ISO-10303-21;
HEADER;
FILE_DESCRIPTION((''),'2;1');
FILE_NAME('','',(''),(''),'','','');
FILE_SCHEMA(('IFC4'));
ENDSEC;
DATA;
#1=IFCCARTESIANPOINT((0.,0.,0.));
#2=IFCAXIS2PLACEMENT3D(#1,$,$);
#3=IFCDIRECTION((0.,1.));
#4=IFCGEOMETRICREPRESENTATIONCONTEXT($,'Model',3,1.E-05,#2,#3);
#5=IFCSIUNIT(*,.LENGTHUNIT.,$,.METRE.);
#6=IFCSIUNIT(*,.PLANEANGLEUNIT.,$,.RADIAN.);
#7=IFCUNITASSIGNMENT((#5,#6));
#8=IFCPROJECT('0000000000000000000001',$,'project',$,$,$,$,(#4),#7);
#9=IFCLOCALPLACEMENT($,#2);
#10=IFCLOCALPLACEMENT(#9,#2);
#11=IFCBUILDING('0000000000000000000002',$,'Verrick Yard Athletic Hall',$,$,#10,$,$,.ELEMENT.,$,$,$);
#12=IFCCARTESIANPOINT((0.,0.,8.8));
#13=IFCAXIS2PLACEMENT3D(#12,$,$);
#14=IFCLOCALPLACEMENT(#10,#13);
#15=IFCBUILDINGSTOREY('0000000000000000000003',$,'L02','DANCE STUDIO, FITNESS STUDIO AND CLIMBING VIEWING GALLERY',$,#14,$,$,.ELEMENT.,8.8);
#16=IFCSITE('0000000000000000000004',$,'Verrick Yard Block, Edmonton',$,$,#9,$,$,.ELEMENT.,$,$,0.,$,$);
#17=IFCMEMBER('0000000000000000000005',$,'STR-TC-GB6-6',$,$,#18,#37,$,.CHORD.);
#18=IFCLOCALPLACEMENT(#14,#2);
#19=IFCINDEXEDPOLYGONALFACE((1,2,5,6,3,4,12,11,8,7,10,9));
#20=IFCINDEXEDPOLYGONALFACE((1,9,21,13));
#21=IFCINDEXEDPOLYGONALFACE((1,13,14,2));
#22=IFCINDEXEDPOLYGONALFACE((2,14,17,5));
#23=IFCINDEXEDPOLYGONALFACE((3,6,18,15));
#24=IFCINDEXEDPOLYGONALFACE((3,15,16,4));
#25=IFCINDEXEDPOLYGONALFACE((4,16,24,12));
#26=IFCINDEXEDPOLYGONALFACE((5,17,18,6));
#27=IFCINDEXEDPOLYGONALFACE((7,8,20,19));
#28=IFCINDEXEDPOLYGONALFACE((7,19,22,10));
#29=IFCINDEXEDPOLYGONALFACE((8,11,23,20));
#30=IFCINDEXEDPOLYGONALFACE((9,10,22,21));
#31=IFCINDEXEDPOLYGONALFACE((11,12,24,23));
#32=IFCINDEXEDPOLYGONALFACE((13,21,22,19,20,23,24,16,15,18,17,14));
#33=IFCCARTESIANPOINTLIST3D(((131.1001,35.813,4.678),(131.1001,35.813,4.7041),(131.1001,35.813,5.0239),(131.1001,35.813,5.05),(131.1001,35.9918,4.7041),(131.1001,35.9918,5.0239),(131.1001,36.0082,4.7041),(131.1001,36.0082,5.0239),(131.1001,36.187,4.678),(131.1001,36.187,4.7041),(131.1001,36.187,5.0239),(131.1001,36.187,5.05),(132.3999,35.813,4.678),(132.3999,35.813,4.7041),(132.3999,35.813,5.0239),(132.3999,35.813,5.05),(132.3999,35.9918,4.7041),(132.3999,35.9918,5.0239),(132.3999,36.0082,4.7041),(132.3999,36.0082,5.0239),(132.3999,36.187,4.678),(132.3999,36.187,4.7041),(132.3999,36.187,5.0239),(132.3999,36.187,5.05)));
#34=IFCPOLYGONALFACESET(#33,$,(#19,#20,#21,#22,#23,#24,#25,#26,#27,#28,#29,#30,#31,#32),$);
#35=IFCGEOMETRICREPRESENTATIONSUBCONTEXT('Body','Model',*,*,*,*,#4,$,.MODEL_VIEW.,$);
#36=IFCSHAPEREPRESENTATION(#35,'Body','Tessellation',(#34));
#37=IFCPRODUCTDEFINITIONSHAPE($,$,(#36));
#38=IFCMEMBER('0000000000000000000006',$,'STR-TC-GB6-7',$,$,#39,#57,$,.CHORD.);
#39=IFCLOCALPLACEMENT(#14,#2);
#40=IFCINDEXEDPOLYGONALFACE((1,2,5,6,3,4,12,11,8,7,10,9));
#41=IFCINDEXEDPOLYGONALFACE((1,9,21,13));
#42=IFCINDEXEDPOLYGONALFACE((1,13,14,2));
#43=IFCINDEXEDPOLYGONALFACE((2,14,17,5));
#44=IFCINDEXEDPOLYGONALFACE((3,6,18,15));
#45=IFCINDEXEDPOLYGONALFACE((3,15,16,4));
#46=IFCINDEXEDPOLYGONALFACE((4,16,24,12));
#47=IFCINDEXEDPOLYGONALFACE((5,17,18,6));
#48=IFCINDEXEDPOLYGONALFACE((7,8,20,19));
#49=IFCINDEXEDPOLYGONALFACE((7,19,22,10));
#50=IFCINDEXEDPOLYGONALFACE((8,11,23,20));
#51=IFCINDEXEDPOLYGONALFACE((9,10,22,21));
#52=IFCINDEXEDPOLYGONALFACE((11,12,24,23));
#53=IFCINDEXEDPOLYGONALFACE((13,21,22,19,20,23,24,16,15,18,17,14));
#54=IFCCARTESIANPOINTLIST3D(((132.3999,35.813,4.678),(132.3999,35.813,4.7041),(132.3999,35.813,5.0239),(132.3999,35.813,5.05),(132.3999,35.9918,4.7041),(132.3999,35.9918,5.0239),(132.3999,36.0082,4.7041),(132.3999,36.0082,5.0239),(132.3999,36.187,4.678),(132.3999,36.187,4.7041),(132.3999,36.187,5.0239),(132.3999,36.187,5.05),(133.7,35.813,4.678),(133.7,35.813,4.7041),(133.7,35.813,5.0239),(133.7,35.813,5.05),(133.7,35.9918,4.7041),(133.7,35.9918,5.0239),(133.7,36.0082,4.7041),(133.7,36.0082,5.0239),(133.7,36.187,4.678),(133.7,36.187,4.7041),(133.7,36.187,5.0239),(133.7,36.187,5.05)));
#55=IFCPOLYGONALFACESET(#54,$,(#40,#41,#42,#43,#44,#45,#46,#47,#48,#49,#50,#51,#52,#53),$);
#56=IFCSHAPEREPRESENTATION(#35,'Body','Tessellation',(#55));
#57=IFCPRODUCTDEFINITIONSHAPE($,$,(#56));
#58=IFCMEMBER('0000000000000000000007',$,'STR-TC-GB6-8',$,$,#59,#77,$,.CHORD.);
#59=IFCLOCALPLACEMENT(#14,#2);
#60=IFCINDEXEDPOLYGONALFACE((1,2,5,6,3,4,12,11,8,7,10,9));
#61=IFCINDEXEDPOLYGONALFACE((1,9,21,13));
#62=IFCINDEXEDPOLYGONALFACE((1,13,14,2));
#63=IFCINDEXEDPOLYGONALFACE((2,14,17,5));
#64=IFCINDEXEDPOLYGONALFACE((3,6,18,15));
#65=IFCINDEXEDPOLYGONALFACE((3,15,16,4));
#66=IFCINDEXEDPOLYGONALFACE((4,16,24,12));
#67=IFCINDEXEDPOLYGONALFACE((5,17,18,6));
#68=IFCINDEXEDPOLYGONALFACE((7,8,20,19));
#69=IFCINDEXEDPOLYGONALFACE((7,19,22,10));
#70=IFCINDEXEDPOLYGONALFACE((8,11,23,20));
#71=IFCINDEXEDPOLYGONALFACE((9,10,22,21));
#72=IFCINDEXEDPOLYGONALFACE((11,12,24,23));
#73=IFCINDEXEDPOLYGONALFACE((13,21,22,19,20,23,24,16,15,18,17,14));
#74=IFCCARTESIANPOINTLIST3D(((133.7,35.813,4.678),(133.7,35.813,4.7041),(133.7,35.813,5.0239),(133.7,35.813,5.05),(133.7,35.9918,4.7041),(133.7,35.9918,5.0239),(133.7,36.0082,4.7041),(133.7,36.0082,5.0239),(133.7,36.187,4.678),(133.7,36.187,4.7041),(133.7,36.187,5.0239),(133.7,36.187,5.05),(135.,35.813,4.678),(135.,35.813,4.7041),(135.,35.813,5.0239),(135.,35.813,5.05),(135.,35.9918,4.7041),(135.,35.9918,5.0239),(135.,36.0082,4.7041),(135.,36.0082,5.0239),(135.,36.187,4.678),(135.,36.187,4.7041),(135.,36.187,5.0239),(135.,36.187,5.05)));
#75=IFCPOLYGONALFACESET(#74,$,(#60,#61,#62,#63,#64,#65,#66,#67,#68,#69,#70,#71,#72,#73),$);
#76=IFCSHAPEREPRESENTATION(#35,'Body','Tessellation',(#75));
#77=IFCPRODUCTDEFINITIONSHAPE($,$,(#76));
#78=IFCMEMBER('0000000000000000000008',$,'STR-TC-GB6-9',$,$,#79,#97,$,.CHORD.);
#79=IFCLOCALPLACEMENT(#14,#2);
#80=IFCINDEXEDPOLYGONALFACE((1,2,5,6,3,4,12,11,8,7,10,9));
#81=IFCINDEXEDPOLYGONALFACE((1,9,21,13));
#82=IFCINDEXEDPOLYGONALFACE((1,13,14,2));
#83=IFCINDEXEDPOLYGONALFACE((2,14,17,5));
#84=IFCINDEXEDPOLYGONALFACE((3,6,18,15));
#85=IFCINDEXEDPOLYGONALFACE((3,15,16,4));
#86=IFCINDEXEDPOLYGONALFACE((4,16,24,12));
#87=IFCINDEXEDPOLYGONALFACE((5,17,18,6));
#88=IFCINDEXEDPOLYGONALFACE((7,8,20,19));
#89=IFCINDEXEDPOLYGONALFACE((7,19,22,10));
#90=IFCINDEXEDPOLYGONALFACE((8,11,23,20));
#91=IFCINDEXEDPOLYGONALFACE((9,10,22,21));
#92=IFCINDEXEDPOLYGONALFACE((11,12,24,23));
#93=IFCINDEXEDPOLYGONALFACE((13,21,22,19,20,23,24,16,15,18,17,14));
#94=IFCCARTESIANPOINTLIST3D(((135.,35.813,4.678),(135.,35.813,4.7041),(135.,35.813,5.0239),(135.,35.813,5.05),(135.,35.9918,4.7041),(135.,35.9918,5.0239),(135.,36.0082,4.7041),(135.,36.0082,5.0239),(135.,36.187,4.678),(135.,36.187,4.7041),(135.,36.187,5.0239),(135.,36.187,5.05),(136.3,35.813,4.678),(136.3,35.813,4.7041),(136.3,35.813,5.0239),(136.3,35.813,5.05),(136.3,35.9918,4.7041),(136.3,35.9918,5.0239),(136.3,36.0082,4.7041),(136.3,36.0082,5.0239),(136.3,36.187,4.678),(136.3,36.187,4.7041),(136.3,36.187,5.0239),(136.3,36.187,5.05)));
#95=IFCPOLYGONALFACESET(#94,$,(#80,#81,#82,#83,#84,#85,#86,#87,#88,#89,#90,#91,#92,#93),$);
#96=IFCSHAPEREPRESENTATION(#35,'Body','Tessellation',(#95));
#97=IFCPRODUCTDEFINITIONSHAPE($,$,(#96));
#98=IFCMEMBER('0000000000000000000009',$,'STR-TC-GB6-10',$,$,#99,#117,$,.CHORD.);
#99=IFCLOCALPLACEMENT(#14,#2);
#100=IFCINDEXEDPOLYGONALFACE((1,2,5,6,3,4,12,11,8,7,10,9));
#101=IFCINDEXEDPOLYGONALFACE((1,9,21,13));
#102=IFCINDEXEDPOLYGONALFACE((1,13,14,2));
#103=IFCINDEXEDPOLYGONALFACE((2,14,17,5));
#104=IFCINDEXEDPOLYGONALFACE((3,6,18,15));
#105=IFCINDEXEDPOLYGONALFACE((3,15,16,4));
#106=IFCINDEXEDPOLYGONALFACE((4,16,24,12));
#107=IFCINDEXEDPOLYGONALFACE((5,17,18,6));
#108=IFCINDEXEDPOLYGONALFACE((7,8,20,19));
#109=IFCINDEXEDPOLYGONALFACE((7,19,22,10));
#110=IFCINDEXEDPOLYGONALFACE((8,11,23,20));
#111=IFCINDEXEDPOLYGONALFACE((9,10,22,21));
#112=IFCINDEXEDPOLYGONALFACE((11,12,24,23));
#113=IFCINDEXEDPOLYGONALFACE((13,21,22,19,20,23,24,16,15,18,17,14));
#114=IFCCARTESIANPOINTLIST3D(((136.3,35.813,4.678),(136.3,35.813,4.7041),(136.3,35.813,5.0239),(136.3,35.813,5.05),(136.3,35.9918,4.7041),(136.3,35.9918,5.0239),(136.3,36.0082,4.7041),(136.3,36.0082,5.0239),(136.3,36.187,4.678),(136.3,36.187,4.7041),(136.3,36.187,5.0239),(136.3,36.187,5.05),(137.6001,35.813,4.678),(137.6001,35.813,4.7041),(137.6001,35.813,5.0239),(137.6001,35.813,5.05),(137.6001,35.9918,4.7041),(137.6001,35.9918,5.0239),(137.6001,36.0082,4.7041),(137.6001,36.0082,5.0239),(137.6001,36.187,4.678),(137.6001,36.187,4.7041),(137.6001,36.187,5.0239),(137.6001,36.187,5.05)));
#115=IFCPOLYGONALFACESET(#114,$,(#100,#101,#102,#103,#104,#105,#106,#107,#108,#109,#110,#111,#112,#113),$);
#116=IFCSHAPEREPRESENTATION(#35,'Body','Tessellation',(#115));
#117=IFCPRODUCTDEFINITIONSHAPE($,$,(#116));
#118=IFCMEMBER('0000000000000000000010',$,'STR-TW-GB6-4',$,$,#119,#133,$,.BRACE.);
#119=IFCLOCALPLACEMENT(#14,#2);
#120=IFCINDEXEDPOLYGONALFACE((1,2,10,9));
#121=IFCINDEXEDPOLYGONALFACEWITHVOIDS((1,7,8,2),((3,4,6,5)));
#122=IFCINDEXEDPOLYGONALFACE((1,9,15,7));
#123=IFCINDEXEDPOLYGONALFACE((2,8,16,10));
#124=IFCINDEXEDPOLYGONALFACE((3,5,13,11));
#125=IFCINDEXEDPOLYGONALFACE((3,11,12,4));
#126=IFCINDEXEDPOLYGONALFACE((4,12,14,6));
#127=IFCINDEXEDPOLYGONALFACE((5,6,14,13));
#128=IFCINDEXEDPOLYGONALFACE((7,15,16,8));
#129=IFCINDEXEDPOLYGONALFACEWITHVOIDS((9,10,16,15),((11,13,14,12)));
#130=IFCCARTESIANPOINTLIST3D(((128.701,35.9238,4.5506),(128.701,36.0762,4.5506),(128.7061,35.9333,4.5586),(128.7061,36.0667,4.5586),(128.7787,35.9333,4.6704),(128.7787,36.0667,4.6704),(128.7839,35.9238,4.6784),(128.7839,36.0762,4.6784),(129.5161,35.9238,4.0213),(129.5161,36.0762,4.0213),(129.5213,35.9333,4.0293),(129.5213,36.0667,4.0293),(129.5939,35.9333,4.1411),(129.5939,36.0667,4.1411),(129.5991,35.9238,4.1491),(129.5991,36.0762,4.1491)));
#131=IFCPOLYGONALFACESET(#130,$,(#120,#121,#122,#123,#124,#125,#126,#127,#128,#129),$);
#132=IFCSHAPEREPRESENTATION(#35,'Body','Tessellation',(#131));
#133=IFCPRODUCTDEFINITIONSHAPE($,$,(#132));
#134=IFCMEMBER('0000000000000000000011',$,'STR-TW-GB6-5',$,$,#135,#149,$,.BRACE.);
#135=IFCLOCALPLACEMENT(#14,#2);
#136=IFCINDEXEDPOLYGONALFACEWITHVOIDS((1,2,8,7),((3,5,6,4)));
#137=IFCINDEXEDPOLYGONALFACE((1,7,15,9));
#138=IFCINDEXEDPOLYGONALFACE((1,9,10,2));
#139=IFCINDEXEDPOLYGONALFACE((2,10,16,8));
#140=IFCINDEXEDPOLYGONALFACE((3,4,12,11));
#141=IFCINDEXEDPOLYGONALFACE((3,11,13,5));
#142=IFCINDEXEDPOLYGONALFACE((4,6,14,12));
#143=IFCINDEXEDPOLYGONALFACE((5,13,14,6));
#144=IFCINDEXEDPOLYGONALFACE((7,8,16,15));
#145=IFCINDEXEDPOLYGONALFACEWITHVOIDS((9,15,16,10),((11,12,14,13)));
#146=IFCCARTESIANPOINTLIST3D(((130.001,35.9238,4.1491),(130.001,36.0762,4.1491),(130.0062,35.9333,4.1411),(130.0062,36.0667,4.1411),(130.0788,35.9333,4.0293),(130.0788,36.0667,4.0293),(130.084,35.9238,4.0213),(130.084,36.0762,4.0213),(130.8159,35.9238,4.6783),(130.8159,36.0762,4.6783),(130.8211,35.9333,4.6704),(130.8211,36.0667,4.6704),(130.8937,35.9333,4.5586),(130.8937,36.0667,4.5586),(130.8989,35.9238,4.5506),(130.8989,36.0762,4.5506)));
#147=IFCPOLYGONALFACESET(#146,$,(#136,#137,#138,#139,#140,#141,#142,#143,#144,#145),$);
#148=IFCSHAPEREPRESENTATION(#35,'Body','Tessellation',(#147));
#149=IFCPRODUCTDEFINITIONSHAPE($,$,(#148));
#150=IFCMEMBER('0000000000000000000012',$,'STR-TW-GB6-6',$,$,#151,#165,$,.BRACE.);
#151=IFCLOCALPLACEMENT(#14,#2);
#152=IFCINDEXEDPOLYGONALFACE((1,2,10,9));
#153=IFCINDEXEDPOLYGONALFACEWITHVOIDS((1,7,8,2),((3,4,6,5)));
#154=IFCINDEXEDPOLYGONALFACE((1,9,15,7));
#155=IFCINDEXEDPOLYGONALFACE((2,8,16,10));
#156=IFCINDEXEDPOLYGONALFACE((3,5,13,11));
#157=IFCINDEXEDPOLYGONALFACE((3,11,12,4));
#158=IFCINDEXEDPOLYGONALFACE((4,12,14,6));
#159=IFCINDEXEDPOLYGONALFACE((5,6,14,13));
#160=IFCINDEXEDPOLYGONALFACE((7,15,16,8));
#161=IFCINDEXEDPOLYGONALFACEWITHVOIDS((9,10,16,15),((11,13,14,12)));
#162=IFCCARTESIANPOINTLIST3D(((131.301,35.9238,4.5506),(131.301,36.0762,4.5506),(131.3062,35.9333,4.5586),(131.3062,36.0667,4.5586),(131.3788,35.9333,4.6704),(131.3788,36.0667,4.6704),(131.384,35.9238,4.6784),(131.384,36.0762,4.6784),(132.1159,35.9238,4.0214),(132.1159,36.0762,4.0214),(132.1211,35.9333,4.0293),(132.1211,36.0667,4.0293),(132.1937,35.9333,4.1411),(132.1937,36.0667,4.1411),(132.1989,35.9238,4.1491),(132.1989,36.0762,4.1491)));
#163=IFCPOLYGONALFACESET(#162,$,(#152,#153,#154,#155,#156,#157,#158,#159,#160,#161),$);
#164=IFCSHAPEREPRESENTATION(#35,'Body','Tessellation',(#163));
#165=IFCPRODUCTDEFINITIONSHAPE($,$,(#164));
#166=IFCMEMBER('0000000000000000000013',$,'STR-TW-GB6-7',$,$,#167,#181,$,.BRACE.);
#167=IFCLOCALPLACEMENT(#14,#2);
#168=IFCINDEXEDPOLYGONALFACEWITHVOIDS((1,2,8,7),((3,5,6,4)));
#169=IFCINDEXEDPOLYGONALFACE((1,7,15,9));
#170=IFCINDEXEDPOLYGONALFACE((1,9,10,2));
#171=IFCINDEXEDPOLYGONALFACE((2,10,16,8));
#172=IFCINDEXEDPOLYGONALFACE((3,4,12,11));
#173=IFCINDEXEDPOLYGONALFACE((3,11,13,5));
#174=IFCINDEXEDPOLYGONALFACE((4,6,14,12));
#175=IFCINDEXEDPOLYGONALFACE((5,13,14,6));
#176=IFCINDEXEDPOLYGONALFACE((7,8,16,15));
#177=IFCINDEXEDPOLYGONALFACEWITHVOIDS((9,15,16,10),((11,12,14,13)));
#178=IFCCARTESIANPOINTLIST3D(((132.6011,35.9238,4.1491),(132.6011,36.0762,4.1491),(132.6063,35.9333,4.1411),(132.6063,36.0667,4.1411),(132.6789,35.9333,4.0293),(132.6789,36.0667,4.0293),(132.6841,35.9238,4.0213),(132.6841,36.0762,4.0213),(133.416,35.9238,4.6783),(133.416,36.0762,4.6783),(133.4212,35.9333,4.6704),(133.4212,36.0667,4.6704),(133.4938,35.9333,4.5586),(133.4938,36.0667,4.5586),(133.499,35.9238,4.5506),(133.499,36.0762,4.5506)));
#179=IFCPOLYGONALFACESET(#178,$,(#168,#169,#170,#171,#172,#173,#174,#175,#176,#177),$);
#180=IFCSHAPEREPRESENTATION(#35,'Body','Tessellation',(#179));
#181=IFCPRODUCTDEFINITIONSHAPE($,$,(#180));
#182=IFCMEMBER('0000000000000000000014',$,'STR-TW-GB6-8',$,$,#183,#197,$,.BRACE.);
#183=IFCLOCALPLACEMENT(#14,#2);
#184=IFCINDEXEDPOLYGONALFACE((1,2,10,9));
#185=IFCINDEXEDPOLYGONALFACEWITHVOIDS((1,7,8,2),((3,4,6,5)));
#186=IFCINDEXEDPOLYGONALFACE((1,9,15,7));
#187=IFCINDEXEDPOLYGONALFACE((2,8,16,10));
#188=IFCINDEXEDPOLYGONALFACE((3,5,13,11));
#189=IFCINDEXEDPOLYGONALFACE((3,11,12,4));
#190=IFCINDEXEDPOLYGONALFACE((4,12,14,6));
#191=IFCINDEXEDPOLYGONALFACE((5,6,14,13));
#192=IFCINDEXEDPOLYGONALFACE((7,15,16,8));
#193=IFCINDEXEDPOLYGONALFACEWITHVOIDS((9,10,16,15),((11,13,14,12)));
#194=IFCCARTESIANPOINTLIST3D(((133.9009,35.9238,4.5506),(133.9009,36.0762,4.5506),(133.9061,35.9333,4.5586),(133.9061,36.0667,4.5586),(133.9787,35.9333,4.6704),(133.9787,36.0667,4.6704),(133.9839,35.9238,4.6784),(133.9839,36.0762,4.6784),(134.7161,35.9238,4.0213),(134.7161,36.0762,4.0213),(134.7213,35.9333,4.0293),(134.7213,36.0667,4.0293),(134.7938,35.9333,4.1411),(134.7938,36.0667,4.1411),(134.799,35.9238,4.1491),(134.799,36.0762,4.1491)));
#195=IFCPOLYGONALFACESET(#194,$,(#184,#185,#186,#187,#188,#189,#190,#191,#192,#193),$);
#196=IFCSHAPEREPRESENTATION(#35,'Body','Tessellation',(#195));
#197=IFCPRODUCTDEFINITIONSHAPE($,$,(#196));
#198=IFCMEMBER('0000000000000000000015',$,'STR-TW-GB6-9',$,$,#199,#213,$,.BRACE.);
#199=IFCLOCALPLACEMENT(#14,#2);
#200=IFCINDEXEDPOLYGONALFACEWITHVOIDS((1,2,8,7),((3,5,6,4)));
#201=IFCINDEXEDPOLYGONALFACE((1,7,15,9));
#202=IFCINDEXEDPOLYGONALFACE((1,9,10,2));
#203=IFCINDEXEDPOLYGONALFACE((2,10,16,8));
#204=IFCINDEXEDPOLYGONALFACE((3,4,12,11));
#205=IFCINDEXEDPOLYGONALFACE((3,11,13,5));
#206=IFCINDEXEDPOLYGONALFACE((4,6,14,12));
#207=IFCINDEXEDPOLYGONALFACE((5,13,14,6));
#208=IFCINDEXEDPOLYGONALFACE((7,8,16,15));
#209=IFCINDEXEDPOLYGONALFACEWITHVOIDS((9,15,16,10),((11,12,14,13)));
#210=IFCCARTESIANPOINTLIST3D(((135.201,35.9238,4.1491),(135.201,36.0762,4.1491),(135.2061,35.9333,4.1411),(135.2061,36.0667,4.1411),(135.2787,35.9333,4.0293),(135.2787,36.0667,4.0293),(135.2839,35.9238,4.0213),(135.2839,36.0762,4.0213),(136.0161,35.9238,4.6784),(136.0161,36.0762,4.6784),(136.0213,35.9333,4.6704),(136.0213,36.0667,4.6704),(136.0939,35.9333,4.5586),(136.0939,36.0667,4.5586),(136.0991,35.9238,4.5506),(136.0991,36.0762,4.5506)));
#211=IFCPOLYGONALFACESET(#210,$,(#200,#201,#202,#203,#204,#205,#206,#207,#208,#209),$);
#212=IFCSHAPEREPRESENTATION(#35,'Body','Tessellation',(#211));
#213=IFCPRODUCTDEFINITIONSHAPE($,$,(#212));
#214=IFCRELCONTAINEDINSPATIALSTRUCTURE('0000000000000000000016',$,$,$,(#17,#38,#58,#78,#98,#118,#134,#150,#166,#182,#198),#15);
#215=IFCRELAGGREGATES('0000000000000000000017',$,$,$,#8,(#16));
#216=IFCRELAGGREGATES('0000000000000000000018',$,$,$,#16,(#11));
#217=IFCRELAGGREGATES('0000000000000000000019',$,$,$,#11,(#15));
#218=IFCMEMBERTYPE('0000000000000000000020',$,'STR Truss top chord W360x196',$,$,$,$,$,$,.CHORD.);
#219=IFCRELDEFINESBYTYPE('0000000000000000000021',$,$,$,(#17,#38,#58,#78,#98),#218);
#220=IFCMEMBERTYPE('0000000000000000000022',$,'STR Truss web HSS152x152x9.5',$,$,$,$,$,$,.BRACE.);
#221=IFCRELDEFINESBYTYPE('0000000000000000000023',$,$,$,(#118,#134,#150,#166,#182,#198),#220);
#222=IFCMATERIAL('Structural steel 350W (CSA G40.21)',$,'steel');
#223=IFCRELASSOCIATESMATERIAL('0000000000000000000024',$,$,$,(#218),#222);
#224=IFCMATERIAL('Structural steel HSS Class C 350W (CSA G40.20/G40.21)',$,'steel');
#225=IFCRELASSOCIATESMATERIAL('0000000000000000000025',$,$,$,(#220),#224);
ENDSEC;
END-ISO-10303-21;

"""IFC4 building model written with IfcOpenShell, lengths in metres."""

from ifc_helpers import new_model, si_unit, direction, frame, origin, origin_2d, place, context, subcontext, project, spatial, hollow_rectangle, i_section, extrude, material, material_profile, profile_set, type_object, element, save


model = new_model("IFC4")

# Units and contexts
model_context = context("Model", 3, precision=1e-05, world=origin(), true_north=direction((0.0, 1.0)))
body_context = subcontext(model_context, "Body", "Model", "MODEL_VIEW")
ifc_project = project(units=[si_unit("LENGTHUNIT", "METRE"), si_unit("PLANEANGLEUNIT", "RADIAN")], contexts=[model_context])

# Site, building, storey
site_placement = place(None, origin())
site = spatial("IfcSite", under=ifc_project, at=site_placement, Name="Verrick Yard Block, Edmonton", CompositionType="ELEMENT", RefElevation=0.0)
building_placement = place(site_placement, origin())
building = spatial("IfcBuilding", under=site, at=building_placement, Name="Verrick Yard Athletic Hall", CompositionType="ELEMENT")
storey_placement = place(building_placement, frame((0.0, 0.0, 8.8)))
storey = spatial("IfcBuildingStorey", under=building, at=storey_placement, Name="L02", Description="DANCE STUDIO, FITNESS STUDIO AND CLIMBING VIEWING GALLERY", CompositionType="ELEMENT", Elevation=8.8)

# Shared definitions
ifc_material_1 = material(Name="Structural steel 350W (CSA G40.21)", Category="steel")

# Members
ifc_material_2 = material(Name="Structural steel HSS Class C 350W (CSA G40.20/G40.21)", Category="steel")
ifc_material_profile_1 = material_profile(ifc_material_1, i_section(OverallWidth=0.374, OverallDepth=0.3721, WebThickness=0.0164, FlangeThickness=0.0261, at=origin_2d()), Name="W360x196")
ifc_profile_set_1 = profile_set([ifc_material_profile_1], Name="Structural steel 350W (CSA G40.21)")
member_type_1 = type_object("IfcMemberType", Name="STR Truss top chord W360x196", PredefinedType="CHORD", material=ifc_profile_set_1)
member_1_placement = place(storey_placement, frame((131.1001, 36.0, 4.864), z_axis=(1.0, 0.0, 0.0), x_axis=(0.0, 1.0, 0.0)))
element("IfcMember", 1, at=member_1_placement, inside=storey, type_object=member_type_1, Name="STR-TC-GB6-6", PredefinedType="CHORD", context=body_context, shape_type="SweptSolid", body=[
    extrude(i_section(OverallWidth=0.374, OverallDepth=0.3721, WebThickness=0.0164, FlangeThickness=0.0261, at=origin_2d()), origin(), (0.0, 0.0, 1.0), 1.2998),
])
for number, where, z_axis, x_axis, name in (
    (2, (132.3999, 36.0, 4.864), (1.0, 0.0, 0.0), (0.0, 1.0, 0.0), "STR-TC-GB6-7"),
    (3, (133.7, 36.0, 4.864), (1.0, 0.0, 0.0), (0.0, 1.0, 0.0), "STR-TC-GB6-8"),
    (4, (135.0, 36.0, 4.864), (1.0, 0.0, 0.0), (0.0, 1.0, 0.0), "STR-TC-GB6-9"),
    (5, (136.3, 36.0, 4.864), (1.0, 0.0, 0.0), (0.0, 1.0, 0.0), "STR-TC-GB6-10"),
):
    element("IfcMember", number, at=place(storey_placement, frame(where, z_axis=z_axis, x_axis=x_axis)), inside=storey, type_object=member_type_1, Name=name, PredefinedType="CHORD", context=body_context, shape_type="SweptSolid", body=[
        extrude(i_section(OverallWidth=0.374, OverallDepth=0.3721, WebThickness=0.0164, FlangeThickness=0.0261, at=origin_2d()), origin(), (0.0, 0.0, 1.0), 1.3),
    ])
ifc_material_profile_2 = material_profile(ifc_material_2, hollow_rectangle(XDim=0.1523, YDim=0.1523, WallThickness=0.0095, at=origin_2d()), Name="HSS152x152x9.5")
ifc_profile_set_2 = profile_set([ifc_material_profile_2], Name="Structural steel HSS Class C 350W (CSA G40.20/G40.21)")
member_type_2 = type_object("IfcMemberType", Name="STR Truss web HSS152x152x9.5", PredefinedType="BRACE", material=ifc_profile_set_2)
member_2_placement = place(storey_placement, frame((128.7424, 36.0, 4.6145), z_axis=(0.838713, 0.0, -0.544573), x_axis=(0.0, 1.0, 0.0)))
element("IfcMember", 6, at=member_2_placement, inside=storey, type_object=member_type_2, Name="STR-TW-GB6-4", PredefinedType="BRACE", context=body_context, shape_type="SweptSolid", body=[
    extrude(hollow_rectangle(XDim=0.1523, YDim=0.1523, WallThickness=0.0095, at=origin_2d()), origin(), (0.0, 0.0, 1.0), 0.9719),
])
for number, where, z_axis, x_axis, name in (
    (7, (130.0425, 36.0, 4.0852), (0.838639, 0.0, 0.544688), (0.0, 1.0, 0.0), "STR-TW-GB6-5"),
    (8, (131.3425, 36.0, 4.6145), (0.838639, 0.0, -0.544688), (0.0, 1.0, 0.0), "STR-TW-GB6-6"),
    (9, (132.6426, 36.0, 4.0852), (0.838639, 0.0, 0.544688), (0.0, 1.0, 0.0), "STR-TW-GB6-7"),
):
    element("IfcMember", number, at=place(storey_placement, frame(where, z_axis=z_axis, x_axis=x_axis)), inside=storey, type_object=member_type_2, Name=name, PredefinedType="BRACE", context=body_context, shape_type="SweptSolid", body=[
        extrude(hollow_rectangle(XDim=0.1523, YDim=0.1523, WallThickness=0.0095, at=origin_2d()), origin(), (0.0, 0.0, 1.0), 0.9717),
    ])
for number, where, z_axis, x_axis, name in (
    (10, (133.9424, 36.0, 4.6145), (0.838713, 0.0, -0.544573), (0.0, 1.0, 0.0), "STR-TW-GB6-8"),
    (11, (135.2424, 36.0, 4.0852), (0.838713, 0.0, 0.544573), (0.0, 1.0, 0.0), "STR-TW-GB6-9"),
):
    element("IfcMember", number, at=place(storey_placement, frame(where, z_axis=z_axis, x_axis=x_axis)), inside=storey, type_object=member_type_2, Name=name, PredefinedType="BRACE", context=body_context, shape_type="SweptSolid", body=[
        extrude(hollow_rectangle(XDim=0.1523, YDim=0.1523, WallThickness=0.0095, at=origin_2d()), origin(), (0.0, 0.0, 1.0), 0.9719),
    ])

save(model, "model.ifc")
